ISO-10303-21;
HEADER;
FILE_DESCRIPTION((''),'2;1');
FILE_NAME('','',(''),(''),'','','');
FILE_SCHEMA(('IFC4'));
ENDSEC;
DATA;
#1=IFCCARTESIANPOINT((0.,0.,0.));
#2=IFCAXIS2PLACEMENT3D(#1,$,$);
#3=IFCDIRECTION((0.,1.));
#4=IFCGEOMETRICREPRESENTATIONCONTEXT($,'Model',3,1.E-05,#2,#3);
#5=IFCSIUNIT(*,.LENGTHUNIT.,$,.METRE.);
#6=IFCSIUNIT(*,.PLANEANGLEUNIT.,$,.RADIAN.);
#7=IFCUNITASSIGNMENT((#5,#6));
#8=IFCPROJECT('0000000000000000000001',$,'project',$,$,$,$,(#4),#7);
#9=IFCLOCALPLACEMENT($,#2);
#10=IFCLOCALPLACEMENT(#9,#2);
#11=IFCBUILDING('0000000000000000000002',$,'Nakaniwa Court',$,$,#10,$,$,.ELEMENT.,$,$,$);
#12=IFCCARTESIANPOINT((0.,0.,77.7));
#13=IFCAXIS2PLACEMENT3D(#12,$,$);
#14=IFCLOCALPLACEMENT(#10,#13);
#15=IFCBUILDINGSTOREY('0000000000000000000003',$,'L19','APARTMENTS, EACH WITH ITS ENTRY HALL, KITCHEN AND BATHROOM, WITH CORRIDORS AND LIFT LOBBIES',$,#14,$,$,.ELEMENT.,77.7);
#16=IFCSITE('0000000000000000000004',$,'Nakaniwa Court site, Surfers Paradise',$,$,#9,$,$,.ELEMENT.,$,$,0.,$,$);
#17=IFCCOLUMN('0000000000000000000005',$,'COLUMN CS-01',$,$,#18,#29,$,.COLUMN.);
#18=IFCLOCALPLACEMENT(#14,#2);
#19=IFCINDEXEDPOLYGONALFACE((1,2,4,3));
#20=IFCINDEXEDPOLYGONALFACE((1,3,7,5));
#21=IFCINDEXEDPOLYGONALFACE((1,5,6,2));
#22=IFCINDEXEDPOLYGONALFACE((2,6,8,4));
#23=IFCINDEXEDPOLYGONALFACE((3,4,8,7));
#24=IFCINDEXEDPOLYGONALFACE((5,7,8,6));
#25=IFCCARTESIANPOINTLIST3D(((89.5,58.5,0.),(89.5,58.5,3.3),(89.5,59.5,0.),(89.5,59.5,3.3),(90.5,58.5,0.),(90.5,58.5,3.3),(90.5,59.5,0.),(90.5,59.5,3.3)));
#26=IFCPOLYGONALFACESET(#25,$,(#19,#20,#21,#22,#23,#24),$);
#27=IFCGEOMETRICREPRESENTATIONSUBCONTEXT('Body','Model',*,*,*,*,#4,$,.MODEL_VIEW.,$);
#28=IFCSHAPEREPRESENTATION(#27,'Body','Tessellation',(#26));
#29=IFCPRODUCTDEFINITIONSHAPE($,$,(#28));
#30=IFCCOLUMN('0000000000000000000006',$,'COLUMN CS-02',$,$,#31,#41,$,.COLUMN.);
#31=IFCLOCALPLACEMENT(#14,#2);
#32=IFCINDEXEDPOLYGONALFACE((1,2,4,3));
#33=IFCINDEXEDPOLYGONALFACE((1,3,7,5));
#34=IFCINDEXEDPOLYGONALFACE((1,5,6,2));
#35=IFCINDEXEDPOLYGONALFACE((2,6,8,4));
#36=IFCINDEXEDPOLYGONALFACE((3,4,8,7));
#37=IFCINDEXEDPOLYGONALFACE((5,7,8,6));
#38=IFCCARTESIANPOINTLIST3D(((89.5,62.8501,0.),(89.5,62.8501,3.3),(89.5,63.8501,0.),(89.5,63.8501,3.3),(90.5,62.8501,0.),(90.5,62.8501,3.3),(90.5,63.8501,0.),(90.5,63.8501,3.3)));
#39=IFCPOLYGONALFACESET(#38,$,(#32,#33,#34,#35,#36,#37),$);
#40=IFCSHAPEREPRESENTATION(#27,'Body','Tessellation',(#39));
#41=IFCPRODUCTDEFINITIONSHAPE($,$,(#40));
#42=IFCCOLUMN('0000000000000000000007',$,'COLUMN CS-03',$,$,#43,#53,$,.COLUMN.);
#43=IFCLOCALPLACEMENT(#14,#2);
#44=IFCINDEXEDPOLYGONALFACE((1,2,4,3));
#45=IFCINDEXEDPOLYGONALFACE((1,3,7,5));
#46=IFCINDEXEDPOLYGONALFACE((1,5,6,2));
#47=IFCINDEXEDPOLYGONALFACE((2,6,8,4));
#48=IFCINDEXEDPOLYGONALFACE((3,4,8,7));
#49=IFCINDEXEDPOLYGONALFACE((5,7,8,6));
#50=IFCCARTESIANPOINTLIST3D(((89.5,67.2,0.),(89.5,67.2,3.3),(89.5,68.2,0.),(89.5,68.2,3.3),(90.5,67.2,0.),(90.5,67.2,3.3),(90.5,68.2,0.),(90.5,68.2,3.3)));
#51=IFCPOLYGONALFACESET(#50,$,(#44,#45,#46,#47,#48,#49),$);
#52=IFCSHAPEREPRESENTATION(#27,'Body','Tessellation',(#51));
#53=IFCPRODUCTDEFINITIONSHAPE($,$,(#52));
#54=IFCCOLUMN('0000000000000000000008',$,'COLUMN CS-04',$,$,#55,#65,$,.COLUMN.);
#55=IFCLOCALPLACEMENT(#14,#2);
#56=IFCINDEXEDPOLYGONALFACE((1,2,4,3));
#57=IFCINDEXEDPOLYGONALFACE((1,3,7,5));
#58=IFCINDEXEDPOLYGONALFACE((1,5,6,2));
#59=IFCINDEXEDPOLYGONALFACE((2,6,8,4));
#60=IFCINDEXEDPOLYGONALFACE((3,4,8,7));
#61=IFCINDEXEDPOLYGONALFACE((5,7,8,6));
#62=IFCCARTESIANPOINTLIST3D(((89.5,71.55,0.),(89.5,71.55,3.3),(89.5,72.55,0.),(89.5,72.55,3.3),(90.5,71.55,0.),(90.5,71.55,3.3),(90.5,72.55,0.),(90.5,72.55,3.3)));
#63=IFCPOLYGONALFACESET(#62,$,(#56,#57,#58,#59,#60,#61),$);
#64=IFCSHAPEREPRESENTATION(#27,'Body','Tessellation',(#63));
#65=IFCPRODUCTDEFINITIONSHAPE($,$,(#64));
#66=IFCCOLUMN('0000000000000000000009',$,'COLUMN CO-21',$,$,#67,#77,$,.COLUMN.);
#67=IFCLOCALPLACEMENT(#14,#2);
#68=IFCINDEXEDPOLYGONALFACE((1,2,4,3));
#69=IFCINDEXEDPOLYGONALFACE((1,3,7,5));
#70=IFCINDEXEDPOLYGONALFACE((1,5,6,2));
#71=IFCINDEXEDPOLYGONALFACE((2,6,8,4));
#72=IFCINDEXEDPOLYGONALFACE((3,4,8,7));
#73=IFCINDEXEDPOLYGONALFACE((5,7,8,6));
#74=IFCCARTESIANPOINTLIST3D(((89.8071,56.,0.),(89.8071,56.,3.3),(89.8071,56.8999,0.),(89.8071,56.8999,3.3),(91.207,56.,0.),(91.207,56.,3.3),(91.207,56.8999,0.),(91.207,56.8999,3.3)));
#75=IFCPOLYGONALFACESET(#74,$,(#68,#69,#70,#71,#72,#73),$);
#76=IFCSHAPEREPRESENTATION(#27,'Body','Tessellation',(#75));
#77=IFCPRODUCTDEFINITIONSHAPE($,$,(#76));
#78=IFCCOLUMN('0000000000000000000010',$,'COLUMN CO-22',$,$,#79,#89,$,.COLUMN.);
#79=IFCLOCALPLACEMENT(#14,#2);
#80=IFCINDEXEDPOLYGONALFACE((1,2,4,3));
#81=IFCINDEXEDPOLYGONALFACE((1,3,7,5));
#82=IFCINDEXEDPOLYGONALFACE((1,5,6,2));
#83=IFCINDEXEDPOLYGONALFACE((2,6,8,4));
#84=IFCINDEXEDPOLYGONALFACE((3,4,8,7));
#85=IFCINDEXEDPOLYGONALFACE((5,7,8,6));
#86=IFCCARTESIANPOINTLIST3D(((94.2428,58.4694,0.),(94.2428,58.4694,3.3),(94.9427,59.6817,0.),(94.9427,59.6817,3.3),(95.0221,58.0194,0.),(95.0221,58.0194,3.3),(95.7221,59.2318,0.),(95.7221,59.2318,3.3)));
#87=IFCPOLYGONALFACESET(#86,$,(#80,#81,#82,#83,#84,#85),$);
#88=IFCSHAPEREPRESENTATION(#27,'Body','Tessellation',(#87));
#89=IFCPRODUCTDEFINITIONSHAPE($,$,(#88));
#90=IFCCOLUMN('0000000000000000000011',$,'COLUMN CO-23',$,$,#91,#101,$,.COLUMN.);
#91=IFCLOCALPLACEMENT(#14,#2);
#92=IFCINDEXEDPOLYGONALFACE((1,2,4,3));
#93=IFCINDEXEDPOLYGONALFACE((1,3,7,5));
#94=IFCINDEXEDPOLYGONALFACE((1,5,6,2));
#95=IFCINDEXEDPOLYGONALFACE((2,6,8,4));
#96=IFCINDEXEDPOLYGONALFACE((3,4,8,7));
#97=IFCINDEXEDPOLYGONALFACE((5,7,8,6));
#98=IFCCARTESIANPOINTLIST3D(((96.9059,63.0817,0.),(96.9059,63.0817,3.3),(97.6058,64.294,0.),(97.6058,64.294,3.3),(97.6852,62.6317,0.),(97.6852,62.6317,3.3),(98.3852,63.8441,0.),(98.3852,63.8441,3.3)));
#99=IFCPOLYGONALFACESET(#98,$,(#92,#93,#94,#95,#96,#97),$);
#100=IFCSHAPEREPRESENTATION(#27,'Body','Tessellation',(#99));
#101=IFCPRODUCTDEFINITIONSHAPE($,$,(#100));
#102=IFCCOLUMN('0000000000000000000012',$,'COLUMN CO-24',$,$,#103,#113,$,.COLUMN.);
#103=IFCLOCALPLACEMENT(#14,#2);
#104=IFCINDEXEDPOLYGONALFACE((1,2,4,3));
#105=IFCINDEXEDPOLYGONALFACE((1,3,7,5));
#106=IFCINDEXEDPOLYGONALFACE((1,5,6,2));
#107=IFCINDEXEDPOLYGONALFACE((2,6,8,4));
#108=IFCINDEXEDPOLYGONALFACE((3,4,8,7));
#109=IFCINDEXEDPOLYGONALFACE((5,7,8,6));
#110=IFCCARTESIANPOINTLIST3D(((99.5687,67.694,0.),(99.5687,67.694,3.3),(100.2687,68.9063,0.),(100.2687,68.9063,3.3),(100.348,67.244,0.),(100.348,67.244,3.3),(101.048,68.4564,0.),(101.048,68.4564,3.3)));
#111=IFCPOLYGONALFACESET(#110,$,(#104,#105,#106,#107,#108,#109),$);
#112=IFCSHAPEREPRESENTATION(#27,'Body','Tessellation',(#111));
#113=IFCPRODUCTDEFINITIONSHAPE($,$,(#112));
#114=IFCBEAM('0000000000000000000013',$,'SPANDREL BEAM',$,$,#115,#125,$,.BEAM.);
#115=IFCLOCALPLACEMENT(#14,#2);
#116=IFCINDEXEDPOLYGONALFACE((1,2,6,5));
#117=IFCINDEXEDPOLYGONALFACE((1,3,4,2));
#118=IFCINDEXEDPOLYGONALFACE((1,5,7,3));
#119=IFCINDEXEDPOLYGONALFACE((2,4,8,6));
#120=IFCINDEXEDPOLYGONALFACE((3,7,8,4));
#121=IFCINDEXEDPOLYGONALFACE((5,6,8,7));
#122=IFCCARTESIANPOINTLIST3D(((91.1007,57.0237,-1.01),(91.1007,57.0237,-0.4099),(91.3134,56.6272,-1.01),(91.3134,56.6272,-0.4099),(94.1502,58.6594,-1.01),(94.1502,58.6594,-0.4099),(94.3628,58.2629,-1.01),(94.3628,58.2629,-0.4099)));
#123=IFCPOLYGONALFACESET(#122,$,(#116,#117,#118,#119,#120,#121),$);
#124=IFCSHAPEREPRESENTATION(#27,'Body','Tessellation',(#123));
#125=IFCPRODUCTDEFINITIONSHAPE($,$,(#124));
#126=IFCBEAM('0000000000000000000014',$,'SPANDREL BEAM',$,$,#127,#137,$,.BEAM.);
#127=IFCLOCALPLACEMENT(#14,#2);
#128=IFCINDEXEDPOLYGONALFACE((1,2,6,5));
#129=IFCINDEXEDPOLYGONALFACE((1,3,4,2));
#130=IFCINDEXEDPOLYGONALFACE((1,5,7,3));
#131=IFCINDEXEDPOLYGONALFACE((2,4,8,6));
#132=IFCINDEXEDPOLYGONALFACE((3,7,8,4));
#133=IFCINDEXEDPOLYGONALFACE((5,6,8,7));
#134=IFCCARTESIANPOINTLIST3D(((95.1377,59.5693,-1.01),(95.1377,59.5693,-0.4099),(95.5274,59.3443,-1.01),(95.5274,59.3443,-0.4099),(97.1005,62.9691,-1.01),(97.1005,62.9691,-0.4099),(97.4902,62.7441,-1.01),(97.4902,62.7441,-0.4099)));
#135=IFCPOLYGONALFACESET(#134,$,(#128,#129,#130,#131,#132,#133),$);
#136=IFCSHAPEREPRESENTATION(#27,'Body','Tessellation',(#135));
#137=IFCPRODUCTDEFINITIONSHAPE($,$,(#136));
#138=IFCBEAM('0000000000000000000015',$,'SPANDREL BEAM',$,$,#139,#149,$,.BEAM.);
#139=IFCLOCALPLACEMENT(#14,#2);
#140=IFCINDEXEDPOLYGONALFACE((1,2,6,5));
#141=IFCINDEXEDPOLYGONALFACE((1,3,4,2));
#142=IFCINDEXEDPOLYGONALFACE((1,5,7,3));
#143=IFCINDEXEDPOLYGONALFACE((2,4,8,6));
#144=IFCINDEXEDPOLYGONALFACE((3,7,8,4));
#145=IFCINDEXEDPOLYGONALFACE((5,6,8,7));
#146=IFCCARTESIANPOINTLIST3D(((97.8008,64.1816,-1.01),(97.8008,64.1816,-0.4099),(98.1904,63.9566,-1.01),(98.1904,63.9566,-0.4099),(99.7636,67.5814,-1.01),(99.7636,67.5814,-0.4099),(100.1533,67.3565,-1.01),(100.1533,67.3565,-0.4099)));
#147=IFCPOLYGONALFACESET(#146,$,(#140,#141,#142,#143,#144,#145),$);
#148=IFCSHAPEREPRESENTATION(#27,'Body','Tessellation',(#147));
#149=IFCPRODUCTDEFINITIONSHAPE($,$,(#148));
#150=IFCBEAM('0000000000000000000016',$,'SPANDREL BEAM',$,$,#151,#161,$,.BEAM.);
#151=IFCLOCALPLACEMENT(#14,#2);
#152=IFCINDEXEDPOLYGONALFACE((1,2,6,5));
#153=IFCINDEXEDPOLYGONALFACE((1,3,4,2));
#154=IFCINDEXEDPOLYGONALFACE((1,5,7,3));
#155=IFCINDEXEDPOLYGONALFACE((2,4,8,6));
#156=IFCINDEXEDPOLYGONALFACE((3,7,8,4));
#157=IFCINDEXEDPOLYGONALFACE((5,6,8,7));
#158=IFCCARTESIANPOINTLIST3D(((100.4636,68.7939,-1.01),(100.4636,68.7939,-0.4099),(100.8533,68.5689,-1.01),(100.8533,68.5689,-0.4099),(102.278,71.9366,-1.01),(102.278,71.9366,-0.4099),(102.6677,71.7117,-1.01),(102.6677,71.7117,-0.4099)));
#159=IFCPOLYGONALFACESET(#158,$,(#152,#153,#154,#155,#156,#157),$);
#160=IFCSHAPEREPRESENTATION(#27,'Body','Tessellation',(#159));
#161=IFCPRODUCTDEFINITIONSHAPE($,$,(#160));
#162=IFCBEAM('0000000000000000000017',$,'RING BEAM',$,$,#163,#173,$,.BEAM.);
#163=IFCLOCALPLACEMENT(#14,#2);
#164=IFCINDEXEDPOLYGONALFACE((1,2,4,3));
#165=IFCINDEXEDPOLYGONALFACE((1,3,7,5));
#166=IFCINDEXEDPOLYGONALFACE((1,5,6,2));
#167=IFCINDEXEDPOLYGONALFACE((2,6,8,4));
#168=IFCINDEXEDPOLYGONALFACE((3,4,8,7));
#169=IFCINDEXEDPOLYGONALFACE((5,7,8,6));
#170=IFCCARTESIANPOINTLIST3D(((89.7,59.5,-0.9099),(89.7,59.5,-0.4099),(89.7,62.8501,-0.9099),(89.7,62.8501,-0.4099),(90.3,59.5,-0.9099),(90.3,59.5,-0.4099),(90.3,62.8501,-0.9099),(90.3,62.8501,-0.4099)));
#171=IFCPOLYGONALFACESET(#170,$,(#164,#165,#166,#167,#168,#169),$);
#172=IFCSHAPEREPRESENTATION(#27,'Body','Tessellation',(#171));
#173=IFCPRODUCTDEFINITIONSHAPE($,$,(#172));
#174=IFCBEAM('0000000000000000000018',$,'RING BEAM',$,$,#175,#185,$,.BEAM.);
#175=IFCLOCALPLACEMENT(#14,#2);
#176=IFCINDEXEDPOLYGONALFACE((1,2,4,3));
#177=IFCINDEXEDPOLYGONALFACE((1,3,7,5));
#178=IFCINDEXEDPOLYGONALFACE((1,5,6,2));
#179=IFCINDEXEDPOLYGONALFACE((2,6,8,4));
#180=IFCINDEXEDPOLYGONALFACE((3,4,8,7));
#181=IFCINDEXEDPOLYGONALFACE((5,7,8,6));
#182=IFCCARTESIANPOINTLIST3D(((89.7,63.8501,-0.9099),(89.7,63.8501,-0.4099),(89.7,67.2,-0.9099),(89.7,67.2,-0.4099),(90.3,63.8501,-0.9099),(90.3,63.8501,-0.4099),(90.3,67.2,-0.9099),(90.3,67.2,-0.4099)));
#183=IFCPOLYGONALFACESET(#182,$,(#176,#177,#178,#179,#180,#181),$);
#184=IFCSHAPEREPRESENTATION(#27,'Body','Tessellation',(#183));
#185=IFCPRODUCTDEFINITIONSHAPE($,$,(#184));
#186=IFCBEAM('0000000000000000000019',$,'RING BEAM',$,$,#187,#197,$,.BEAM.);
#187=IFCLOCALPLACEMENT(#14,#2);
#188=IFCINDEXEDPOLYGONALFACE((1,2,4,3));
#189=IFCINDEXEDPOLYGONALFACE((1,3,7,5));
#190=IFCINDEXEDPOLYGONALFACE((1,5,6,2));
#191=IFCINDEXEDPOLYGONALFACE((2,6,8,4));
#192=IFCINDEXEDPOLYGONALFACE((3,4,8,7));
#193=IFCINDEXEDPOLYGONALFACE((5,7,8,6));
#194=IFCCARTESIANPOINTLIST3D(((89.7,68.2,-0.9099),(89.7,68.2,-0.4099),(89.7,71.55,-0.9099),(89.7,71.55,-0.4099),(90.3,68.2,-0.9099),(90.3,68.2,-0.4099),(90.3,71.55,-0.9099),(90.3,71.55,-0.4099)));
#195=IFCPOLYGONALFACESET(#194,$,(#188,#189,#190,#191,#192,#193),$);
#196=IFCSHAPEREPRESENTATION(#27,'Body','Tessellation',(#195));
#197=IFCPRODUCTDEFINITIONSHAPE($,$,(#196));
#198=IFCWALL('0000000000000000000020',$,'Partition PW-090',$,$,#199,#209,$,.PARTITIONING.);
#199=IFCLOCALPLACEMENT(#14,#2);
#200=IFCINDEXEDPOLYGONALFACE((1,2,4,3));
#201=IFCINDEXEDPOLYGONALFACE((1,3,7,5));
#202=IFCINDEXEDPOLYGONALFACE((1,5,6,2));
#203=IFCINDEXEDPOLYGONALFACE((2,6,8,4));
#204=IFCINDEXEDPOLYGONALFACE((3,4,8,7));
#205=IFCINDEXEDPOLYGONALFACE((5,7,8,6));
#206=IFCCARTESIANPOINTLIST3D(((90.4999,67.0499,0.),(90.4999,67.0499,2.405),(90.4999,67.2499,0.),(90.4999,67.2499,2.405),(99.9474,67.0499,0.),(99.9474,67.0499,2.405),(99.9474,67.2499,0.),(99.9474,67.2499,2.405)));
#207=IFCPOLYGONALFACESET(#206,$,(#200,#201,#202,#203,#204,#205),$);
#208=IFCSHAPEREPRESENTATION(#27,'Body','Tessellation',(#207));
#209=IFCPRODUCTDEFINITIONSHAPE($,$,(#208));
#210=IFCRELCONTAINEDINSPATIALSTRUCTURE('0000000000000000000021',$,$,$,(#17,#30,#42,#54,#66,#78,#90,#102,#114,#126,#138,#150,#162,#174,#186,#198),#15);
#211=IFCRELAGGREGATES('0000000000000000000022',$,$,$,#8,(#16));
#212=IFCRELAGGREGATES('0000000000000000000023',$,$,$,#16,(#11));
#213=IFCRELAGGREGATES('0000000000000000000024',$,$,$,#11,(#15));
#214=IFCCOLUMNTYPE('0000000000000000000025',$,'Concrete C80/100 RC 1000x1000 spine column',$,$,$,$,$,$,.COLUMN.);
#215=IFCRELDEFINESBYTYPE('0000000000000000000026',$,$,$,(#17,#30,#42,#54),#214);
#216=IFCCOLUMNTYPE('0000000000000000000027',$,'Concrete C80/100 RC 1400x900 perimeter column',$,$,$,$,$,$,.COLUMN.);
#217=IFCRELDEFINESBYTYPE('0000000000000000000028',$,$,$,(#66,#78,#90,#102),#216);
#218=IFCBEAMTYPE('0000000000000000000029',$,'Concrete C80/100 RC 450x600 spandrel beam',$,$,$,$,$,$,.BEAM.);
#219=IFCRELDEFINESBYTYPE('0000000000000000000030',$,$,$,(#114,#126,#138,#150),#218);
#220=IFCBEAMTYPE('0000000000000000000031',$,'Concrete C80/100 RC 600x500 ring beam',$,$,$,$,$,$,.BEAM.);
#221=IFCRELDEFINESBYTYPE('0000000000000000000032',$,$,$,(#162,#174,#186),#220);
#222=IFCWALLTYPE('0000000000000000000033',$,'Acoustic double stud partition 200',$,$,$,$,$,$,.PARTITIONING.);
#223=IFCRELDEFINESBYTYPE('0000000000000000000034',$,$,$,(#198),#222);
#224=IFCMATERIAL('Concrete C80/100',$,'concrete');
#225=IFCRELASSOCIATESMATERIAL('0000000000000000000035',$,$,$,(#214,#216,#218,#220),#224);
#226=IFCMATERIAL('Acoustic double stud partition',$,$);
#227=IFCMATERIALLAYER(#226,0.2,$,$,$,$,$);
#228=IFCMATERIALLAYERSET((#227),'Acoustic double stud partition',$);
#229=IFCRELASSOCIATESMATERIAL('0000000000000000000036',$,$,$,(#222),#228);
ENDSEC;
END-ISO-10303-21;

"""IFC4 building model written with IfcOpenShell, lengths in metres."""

from ifc_helpers import new_model, si_unit, direction, frame, frame_2d, origin, origin_2d, place, context, subcontext, project, spatial, rectangle, extrude, material, layer, layer_set, material_profile, profile_set, type_object, element, save


model = new_model("IFC4")

# Units and contexts
model_context = context("Model", 3, precision=1e-05, world=origin(), true_north=direction((0.0, 1.0)))
body_context = subcontext(model_context, "Body", "Model", "MODEL_VIEW")
ifc_project = project(units=[si_unit("LENGTHUNIT", "METRE"), si_unit("PLANEANGLEUNIT", "RADIAN")], contexts=[model_context])

# Site, building, storey
site_placement = place(None, origin())
site = spatial("IfcSite", under=ifc_project, at=site_placement, Name="Nakaniwa Court site, Surfers Paradise", CompositionType="ELEMENT", RefElevation=0.0)
building_placement = place(site_placement, origin())
building = spatial("IfcBuilding", under=site, at=building_placement, Name="Nakaniwa Court", CompositionType="ELEMENT")
storey_placement = place(building_placement, frame((0.0, 0.0, 77.7)))
storey = spatial("IfcBuildingStorey", under=building, at=storey_placement, Name="L19", Description="APARTMENTS, EACH WITH ITS ENTRY HALL, KITCHEN AND BATHROOM, WITH CORRIDORS AND LIFT LOBBIES", CompositionType="ELEMENT", Elevation=77.7)

# Columns
ifc_material_1 = material(Name="Concrete C80/100", Category="concrete")
ifc_material_profile_1 = material_profile(ifc_material_1, rectangle(XDim=1.0, YDim=1.0, at=origin_2d()), Name="Concrete C80/100 RC 1000x1000 spine column")
ifc_profile_set_1 = profile_set([ifc_material_profile_1], Name="Concrete C80/100")
column_type_1 = type_object("IfcColumnType", Name="Concrete C80/100 RC 1000x1000 spine column", PredefinedType="COLUMN", material=ifc_profile_set_1)
for number, where, z_axis, x_axis, name in (
    (1, (90.0, 59.0, 0.0), (0.0, 0.0, 1.0), (0.0, 1.0, 0.0), "COLUMN CS-01"),
    (2, (90.0, 63.3501, 0.0), (0.0, 0.0, 1.0), (0.0, 1.0, 0.0), "COLUMN CS-02"),
    (3, (90.0, 67.7, 0.0), (0.0, 0.0, 1.0), (0.0, 1.0, 0.0), "COLUMN CS-03"),
    (4, (90.0, 72.05, 0.0), (0.0, 0.0, 1.0), (0.0, 1.0, 0.0), "COLUMN CS-04"),
):
    element("IfcColumn", number, at=place(storey_placement, frame(where, z_axis=z_axis, x_axis=x_axis)), inside=storey, type_object=column_type_1, Name=name, PredefinedType="COLUMN", context=body_context, shape_type="SweptSolid", body=[
        extrude(rectangle(XDim=1.0, YDim=1.0, at=origin_2d()), origin(), (0.0, 0.0, 1.0), 3.3),
    ])
ifc_material_profile_2 = material_profile(ifc_material_1, rectangle(XDim=1.3999, YDim=0.8999, at=origin_2d()), Name="Concrete C80/100 RC 1400x900 perimeter column")
ifc_profile_set_2 = profile_set([ifc_material_profile_2], Name="Concrete C80/100")
column_type_2 = type_object("IfcColumnType", Name="Concrete C80/100 RC 1400x900 perimeter column", PredefinedType="COLUMN", material=ifc_profile_set_2)
for number, where, z_axis, x_axis, name in (
    (5, (90.5071, 56.45, 0.0), (0.0, 0.0, 1.0), (1.0, 0.0, 0.0), "COLUMN CO-21"),
    (6, (94.9824, 58.8506, 0.0), (0.0, 0.0, 1.0), (0.5, 0.866025, 0.0), "COLUMN CO-22"),
    (7, (97.6455, 63.4629, 0.0), (0.0, 0.0, 1.0), (0.5, 0.866025, 0.0), "COLUMN CO-23"),
    (8, (100.3083, 68.0752, 0.0), (0.0, 0.0, 1.0), (0.5, 0.866025, 0.0), "COLUMN CO-24"),
):
    element("IfcColumn", number, at=place(storey_placement, frame(where, z_axis=z_axis, x_axis=x_axis)), inside=storey, type_object=column_type_2, Name=name, PredefinedType="COLUMN", context=body_context, shape_type="SweptSolid", body=[
        extrude(rectangle(XDim=1.3999, YDim=0.8999, at=origin_2d()), origin(), (0.0, 0.0, 1.0), 3.3),
    ])

# Beams
ifc_material_profile_3 = material_profile(ifc_material_1, rectangle(XDim=0.45, YDim=0.6001, at=origin_2d()), Name="Concrete C80/100 RC 450x600 spandrel beam")
ifc_profile_set_3 = profile_set([ifc_material_profile_3], Name="Concrete C80/100")
beam_type_1 = type_object("IfcBeamType", Name="Concrete C80/100 RC 450x600 spandrel beam", PredefinedType="BEAM", material=ifc_profile_set_3)
beam_1_placement = place(storey_placement, frame((91.207, 56.8254, -0.71), z_axis=(0.881233, 0.472681, 0.0), x_axis=(-0.472681, 0.881233, 0.0)))
element("IfcBeam", 9, at=beam_1_placement, inside=storey, type_object=beam_type_1, Name="SPANDREL BEAM", PredefinedType="BEAM", context=body_context, shape_type="SweptSolid", body=[
    extrude(rectangle(XDim=0.45, YDim=0.6001, at=origin_2d()), origin(), (0.0, 0.0, 1.0), 3.4604),
])
for number, where, z_axis, x_axis, name in (
    (10, (95.3325, 59.4568, -0.71), (0.499992, 0.86603, 0.0), (-0.86603, 0.499992, 0.0), "SPANDREL BEAM"),
    (11, (97.9956, 64.0691, -0.71), (0.499992, 0.86603, 0.0), (-0.86603, 0.499992, 0.0), "SPANDREL BEAM"),
):
    element("IfcBeam", number, at=place(storey_placement, frame(where, z_axis=z_axis, x_axis=x_axis)), inside=storey, type_object=beam_type_1, Name=name, PredefinedType="BEAM", context=body_context, shape_type="SweptSolid", body=[
        extrude(rectangle(XDim=0.45, YDim=0.6001, at=origin_2d()), origin(), (0.0, 0.0, 1.0), 3.9258),
    ])
beam_2_placement = place(storey_placement, frame((100.6584, 68.6814, -0.71), z_axis=(0.499988, 0.866032, 0.0), x_axis=(-0.866032, 0.499988, 0.0)))
element("IfcBeam", 12, at=beam_2_placement, inside=storey, type_object=beam_type_1, Name="SPANDREL BEAM", PredefinedType="BEAM", context=body_context, shape_type="SweptSolid", body=[
    extrude(rectangle(XDim=0.45, YDim=0.6001, at=origin_2d()), origin(), (0.0, 0.0, 1.0), 3.6289),
])
ifc_material_profile_4 = material_profile(ifc_material_1, rectangle(XDim=0.6001, YDim=0.5, at=origin_2d()), Name="Concrete C80/100 RC 600x500 ring beam")
ifc_profile_set_4 = profile_set([ifc_material_profile_4], Name="Concrete C80/100")
beam_type_2 = type_object("IfcBeamType", Name="Concrete C80/100 RC 600x500 ring beam", PredefinedType="BEAM", material=ifc_profile_set_4)
beam_3_placement = place(storey_placement, frame((90.0, 59.5, -0.6599), z_axis=(0.0, 1.0, 0.0), x_axis=(-1.0, 0.0, 0.0)))
element("IfcBeam", 13, at=beam_3_placement, inside=storey, type_object=beam_type_2, Name="RING BEAM", PredefinedType="BEAM", context=body_context, shape_type="SweptSolid", body=[
    extrude(rectangle(XDim=0.6001, YDim=0.5, at=origin_2d()), origin(), (0.0, 0.0, 1.0), 3.3501),
])
beam_4_placement = place(storey_placement, frame((90.0, 63.8501, -0.6599), z_axis=(0.0, 1.0, 0.0), x_axis=(-1.0, 0.0, 0.0)))
element("IfcBeam", 14, at=beam_4_placement, inside=storey, type_object=beam_type_2, Name="RING BEAM", PredefinedType="BEAM", context=body_context, shape_type="SweptSolid", body=[
    extrude(rectangle(XDim=0.6001, YDim=0.5, at=origin_2d()), origin(), (0.0, 0.0, 1.0), 3.3499),
])
beam_5_placement = place(storey_placement, frame((90.0, 68.2, -0.6599), z_axis=(0.0, 1.0, 0.0), x_axis=(-1.0, 0.0, 0.0)))
element("IfcBeam", 15, at=beam_5_placement, inside=storey, type_object=beam_type_2, Name="RING BEAM", PredefinedType="BEAM", context=body_context, shape_type="SweptSolid", body=[
    extrude(rectangle(XDim=0.6001, YDim=0.5, at=origin_2d()), origin(), (0.0, 0.0, 1.0), 3.3501),
])

# Wall
ifc_material_2 = material(Name="Acoustic double stud partition")
ifc_layer_1 = layer(ifc_material_2, 0.2)
ifc_layer_set_1 = layer_set([ifc_layer_1], Name="Acoustic double stud partition")
wall_type_1 = type_object("IfcWallType", Name="Acoustic double stud partition 200", PredefinedType="PARTITIONING", material=ifc_layer_set_1)
wall_1_placement = place(storey_placement, frame((90.5, 67.1499, 0.0), z_axis=(0.0, 0.0, 1.0), x_axis=(1.0, 0.0, 0.0)))
element("IfcWall", 16, at=wall_1_placement, inside=storey, type_object=wall_type_1, Name="Partition PW-090", PredefinedType="PARTITIONING", context=body_context, shape_type="SweptSolid", body=[
    extrude(rectangle(XDim=9.4475, YDim=0.2, at=frame_2d((4.7236, 0.0))), origin(), (0.0, 0.0, 1.0), 2.405),
])

save(model, "model.ifc")
